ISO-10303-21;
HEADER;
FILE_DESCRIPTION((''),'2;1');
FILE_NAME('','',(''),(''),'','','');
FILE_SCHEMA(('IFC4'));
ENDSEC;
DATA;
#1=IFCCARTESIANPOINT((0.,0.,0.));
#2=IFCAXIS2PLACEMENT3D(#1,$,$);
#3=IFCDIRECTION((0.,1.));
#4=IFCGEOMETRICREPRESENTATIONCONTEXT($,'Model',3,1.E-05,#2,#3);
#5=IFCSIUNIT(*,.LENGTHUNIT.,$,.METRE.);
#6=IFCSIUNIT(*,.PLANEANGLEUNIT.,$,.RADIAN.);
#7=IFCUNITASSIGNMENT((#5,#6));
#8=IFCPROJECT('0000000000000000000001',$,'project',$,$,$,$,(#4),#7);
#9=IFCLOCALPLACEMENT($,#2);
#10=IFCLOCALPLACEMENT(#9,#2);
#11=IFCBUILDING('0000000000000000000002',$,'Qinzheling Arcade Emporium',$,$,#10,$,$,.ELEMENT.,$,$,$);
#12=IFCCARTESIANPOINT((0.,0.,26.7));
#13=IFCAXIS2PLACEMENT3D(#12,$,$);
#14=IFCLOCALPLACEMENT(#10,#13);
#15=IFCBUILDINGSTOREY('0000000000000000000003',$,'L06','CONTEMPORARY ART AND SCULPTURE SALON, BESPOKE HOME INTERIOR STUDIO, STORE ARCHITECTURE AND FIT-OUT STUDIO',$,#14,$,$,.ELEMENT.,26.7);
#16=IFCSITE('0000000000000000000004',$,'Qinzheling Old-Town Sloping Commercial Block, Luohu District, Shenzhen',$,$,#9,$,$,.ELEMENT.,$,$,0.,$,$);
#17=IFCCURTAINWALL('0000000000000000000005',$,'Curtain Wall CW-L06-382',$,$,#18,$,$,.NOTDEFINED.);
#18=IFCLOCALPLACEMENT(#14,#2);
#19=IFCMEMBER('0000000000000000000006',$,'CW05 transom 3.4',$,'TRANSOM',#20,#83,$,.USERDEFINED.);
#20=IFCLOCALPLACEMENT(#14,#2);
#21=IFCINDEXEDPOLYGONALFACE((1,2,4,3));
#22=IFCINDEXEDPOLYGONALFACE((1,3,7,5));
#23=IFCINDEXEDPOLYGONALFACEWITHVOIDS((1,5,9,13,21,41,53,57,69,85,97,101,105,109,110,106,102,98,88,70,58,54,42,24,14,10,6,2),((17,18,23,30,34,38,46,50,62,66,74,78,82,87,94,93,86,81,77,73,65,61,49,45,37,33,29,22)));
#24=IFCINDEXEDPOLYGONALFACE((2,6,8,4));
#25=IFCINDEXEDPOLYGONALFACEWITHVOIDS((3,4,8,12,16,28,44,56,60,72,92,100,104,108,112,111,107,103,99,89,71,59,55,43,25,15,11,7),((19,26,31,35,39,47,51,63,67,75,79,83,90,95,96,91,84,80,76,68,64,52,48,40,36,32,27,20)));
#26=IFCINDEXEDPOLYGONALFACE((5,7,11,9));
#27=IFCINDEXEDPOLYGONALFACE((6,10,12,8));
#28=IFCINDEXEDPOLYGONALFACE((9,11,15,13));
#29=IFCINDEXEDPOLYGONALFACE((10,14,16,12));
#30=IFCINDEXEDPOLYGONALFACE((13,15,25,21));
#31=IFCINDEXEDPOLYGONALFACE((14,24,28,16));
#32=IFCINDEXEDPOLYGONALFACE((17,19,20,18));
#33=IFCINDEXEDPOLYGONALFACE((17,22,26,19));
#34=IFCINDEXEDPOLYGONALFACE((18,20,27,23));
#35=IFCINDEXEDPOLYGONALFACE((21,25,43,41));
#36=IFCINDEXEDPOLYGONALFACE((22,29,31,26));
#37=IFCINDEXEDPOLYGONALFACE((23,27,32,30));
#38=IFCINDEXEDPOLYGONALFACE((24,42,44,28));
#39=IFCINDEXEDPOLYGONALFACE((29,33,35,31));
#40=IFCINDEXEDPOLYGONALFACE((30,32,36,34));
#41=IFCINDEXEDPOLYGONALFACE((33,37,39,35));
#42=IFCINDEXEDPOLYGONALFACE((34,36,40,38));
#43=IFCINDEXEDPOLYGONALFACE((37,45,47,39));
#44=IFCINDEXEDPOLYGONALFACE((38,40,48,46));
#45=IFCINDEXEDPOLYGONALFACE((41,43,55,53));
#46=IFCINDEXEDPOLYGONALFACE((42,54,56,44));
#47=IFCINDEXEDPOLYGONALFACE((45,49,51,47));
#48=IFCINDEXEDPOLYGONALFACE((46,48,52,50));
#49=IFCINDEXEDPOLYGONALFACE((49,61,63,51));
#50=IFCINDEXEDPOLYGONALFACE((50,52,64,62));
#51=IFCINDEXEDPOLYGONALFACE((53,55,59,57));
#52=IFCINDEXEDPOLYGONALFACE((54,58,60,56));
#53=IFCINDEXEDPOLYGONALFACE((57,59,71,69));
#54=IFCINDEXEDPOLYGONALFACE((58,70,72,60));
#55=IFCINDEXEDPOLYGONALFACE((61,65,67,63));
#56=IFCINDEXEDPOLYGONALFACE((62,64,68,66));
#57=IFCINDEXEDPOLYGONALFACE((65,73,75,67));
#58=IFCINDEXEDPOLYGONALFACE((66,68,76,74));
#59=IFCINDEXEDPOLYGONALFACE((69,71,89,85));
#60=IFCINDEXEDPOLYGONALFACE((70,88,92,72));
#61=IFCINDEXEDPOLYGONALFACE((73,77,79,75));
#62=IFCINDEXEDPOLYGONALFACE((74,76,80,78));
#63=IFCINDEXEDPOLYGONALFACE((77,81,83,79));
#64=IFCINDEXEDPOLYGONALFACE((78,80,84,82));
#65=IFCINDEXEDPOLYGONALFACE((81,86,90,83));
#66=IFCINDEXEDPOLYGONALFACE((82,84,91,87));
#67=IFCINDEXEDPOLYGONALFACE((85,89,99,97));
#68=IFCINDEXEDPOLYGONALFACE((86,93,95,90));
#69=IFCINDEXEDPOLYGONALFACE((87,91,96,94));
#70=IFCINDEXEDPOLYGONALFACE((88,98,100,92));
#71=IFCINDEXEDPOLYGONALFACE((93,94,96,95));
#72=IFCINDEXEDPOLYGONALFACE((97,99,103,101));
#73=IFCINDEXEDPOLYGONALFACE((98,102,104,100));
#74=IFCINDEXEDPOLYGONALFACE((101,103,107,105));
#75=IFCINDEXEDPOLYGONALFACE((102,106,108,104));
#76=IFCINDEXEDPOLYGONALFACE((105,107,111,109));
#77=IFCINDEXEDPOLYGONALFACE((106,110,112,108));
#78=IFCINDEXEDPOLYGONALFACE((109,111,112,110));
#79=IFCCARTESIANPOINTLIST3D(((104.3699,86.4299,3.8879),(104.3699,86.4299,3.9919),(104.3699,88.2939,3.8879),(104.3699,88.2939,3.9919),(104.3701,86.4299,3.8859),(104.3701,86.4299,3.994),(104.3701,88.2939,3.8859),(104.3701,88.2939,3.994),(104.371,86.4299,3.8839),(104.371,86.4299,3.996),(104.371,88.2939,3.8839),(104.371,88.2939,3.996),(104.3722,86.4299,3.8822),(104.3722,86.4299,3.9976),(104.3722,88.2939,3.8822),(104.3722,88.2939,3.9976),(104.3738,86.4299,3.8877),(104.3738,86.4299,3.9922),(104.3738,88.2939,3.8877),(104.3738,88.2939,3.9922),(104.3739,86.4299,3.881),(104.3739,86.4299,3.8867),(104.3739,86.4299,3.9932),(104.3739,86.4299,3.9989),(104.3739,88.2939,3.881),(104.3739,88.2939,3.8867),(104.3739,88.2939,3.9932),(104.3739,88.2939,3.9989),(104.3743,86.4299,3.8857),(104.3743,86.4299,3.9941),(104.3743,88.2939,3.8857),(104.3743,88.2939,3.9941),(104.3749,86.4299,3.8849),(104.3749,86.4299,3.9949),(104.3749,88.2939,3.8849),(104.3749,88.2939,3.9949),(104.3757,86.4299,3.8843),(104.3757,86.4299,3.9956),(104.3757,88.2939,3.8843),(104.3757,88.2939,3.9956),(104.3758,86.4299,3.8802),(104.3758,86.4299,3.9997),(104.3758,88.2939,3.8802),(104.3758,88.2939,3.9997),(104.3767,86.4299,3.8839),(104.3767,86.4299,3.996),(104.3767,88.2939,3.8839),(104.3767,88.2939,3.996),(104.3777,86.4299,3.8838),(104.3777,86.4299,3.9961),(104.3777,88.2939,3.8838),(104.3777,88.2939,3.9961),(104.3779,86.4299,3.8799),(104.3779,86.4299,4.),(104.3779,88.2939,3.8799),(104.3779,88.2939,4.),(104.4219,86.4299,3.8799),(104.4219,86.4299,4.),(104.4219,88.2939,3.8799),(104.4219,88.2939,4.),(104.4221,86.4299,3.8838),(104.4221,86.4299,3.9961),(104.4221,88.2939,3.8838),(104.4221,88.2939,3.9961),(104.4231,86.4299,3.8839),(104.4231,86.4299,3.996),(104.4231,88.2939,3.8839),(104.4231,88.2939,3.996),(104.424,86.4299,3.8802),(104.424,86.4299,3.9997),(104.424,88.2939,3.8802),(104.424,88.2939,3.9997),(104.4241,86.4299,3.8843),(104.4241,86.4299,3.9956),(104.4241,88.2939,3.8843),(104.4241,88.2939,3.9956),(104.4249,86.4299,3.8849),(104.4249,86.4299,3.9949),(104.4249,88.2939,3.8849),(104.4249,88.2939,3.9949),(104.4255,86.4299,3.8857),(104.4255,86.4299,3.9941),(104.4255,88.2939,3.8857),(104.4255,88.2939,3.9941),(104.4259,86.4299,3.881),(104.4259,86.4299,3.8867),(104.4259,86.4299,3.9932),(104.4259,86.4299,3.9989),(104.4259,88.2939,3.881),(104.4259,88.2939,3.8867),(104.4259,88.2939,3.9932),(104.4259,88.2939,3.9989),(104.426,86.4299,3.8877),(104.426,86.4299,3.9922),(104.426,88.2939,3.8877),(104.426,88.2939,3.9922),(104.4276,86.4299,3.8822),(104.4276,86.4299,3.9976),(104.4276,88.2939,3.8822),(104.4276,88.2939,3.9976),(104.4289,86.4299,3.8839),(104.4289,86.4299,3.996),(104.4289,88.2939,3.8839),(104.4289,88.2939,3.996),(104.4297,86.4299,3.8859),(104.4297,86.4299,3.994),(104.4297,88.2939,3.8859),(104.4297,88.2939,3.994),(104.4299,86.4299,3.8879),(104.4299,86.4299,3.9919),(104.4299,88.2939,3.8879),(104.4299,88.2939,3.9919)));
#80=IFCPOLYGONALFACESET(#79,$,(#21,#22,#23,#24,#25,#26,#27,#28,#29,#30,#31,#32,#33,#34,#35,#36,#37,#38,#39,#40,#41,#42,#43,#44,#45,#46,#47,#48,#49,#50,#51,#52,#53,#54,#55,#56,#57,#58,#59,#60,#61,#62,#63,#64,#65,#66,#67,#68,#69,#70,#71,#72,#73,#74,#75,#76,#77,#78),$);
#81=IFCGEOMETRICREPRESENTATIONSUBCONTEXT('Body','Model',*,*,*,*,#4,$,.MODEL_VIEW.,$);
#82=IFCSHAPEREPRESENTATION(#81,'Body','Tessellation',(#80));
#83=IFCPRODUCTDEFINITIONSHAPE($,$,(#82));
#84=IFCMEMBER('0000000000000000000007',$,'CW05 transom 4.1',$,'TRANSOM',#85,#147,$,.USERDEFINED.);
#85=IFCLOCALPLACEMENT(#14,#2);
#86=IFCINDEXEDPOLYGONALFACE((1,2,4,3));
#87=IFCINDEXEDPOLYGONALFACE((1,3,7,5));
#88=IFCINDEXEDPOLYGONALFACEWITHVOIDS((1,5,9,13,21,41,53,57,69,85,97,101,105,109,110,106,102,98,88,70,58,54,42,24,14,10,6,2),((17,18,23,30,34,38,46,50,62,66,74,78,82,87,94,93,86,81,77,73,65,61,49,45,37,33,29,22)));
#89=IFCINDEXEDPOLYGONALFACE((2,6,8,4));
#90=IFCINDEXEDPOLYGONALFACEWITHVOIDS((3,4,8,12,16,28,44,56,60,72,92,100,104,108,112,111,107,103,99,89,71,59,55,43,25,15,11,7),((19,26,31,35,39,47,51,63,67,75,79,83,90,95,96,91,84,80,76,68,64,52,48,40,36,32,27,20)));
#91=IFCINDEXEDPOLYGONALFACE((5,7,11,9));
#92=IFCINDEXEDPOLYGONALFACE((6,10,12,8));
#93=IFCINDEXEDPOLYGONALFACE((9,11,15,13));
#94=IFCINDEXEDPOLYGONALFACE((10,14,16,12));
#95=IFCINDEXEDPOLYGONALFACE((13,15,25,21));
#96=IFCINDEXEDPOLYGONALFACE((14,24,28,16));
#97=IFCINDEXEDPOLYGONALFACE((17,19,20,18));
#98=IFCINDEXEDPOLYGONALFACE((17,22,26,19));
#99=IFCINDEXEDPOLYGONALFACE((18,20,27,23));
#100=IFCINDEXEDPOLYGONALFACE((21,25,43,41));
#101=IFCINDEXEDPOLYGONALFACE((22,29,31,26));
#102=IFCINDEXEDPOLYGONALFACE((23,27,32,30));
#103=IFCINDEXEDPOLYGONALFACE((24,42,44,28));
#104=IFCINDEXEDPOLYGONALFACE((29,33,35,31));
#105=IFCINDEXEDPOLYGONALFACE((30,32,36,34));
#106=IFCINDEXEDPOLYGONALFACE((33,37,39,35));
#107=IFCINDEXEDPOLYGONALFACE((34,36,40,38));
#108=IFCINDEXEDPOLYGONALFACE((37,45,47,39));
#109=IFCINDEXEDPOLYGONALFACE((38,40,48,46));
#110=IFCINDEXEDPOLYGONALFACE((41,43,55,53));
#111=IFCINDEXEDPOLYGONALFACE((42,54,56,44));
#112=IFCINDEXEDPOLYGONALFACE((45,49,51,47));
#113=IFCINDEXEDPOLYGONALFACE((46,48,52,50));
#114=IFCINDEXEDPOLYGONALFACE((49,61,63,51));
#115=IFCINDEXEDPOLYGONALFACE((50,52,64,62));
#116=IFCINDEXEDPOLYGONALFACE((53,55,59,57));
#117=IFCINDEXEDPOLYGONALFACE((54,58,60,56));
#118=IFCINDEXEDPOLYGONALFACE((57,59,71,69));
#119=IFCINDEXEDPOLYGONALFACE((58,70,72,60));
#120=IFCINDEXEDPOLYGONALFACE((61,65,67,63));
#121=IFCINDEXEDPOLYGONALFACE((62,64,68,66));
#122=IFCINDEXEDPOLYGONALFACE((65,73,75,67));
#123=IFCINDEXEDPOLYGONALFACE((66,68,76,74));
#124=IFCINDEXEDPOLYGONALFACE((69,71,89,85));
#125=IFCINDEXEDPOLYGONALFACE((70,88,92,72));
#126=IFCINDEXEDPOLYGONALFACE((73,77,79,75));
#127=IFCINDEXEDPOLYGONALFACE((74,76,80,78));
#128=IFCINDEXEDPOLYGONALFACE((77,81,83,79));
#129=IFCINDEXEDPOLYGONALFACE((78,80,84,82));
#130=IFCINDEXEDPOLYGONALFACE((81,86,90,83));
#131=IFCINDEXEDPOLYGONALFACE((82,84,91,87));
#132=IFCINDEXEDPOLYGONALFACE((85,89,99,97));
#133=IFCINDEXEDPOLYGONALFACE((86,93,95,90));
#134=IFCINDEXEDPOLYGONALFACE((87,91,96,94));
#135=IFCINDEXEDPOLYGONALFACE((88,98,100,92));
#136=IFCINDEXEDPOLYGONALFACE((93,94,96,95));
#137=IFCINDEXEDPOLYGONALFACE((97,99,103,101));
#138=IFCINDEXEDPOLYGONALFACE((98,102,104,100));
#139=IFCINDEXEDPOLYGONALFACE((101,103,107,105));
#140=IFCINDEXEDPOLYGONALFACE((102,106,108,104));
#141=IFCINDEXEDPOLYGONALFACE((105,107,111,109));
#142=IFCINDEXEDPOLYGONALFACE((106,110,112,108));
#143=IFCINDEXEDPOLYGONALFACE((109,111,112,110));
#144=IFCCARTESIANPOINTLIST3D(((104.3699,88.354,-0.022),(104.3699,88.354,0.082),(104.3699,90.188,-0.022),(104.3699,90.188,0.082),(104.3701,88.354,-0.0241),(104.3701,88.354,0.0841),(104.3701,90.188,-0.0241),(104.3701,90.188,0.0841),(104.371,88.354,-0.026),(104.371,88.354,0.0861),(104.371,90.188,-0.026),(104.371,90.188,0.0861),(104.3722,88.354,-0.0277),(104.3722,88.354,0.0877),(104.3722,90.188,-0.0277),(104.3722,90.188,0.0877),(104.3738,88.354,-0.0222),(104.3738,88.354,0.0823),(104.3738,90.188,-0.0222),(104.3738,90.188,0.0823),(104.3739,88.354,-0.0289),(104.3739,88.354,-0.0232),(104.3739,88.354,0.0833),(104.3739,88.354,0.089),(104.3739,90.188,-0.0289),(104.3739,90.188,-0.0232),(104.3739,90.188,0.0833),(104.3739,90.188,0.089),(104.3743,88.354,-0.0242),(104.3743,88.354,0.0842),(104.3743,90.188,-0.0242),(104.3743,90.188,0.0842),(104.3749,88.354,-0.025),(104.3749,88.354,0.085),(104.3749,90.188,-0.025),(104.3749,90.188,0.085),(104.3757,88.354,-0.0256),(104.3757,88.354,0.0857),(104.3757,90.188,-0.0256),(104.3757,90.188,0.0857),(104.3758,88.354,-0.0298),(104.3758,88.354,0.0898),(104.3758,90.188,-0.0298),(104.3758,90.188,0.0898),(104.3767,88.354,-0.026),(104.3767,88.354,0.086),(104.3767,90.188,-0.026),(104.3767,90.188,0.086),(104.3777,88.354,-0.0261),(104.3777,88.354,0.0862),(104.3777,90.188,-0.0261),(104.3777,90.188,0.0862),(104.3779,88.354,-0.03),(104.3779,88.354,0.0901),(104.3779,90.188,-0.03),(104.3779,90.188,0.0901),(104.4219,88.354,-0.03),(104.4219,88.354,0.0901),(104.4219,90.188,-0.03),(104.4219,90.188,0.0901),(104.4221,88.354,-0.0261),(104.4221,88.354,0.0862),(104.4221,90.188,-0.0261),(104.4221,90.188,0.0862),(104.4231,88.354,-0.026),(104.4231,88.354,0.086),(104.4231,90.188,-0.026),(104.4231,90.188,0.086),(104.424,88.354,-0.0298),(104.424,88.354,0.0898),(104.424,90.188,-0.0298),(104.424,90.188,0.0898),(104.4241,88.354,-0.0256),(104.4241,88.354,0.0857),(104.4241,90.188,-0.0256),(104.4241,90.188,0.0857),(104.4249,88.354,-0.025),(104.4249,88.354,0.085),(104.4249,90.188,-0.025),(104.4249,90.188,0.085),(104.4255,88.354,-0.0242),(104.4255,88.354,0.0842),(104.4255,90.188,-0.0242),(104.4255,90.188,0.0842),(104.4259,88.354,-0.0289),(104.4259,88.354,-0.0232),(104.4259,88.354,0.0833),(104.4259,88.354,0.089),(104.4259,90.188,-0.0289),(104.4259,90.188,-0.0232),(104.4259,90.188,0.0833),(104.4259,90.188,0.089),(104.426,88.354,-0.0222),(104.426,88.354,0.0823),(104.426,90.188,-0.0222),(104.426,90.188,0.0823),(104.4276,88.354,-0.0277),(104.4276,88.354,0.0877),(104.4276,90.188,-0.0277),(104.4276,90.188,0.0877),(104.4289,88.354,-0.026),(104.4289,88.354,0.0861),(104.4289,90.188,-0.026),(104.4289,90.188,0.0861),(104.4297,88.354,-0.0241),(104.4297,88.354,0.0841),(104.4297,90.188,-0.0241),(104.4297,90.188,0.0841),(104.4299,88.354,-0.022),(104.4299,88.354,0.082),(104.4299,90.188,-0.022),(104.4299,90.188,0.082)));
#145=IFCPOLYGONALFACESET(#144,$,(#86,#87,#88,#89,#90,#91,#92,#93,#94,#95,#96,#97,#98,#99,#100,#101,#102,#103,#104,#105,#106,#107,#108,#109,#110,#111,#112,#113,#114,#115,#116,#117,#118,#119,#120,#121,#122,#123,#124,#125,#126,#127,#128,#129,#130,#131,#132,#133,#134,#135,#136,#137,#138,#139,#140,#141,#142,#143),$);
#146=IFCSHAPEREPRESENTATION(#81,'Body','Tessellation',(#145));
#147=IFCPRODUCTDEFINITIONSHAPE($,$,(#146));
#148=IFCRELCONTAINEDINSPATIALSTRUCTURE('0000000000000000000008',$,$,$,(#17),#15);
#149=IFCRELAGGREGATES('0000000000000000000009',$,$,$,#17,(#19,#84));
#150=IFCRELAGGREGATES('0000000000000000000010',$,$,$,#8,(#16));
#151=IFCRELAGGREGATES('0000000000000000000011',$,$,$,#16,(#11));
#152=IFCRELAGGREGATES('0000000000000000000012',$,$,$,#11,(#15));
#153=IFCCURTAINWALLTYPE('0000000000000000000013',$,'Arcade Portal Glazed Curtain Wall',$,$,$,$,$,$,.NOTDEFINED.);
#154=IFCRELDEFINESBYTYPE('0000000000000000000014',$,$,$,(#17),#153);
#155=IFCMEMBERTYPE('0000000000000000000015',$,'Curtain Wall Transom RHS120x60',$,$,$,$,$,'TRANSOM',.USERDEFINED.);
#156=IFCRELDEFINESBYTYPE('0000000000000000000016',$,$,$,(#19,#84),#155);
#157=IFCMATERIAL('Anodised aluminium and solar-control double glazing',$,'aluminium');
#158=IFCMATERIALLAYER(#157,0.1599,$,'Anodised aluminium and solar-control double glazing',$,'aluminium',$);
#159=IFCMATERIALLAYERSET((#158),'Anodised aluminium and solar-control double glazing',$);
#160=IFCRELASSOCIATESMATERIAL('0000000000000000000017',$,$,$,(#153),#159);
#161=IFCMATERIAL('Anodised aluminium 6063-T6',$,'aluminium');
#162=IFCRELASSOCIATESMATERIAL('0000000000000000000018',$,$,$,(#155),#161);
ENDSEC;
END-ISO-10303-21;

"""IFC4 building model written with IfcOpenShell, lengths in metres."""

from ifc_helpers import new_model, si_unit, direction, frame, origin, origin_2d, place, context, subcontext, project, spatial, hollow_rectangle, extrude, material, layer, layer_set, material_profile, profile_set, type_object, element, aggregate, save


model = new_model("IFC4")

# Units and contexts
model_context = context("Model", 3, precision=1e-05, world=origin(), true_north=direction((0.0, 1.0)))
body_context = subcontext(model_context, "Body", "Model", "MODEL_VIEW")
ifc_project = project(units=[si_unit("LENGTHUNIT", "METRE"), si_unit("PLANEANGLEUNIT", "RADIAN")], contexts=[model_context])

# Site, building, storey
site_placement = place(None, origin())
site = spatial("IfcSite", under=ifc_project, at=site_placement, Name="Qinzheling Old-Town Sloping Commercial Block, Luohu District, Shenzhen", CompositionType="ELEMENT", RefElevation=0.0)
building_placement = place(site_placement, origin())
building = spatial("IfcBuilding", under=site, at=building_placement, Name="Qinzheling Arcade Emporium", CompositionType="ELEMENT")
storey_placement = place(building_placement, frame((0.0, 0.0, 26.7)))
storey = spatial("IfcBuildingStorey", under=building, at=storey_placement, Name="L06", Description="CONTEMPORARY ART AND SCULPTURE SALON, BESPOKE HOME INTERIOR STUDIO, STORE ARCHITECTURE AND FIT-OUT STUDIO", CompositionType="ELEMENT", Elevation=26.7)

# Curtain wall, members
ifc_material_1 = material(Name="Anodised aluminium and solar-control double glazing", Category="aluminium")
ifc_layer_1 = layer(ifc_material_1, 0.1599, Name="Anodised aluminium and solar-control double glazing", Category="aluminium")
ifc_layer_set_1 = layer_set([ifc_layer_1], Name="Anodised aluminium and solar-control double glazing")
curtain_wall_type = type_object("IfcCurtainWallType", Name="Arcade Portal Glazed Curtain Wall", PredefinedType="NOTDEFINED", material=ifc_layer_set_1)
curtain_wall_placement = place(storey_placement, origin())
curtain_wall = element("IfcCurtainWall", 1, at=curtain_wall_placement, inside=storey, type_object=curtain_wall_type, Name="Curtain Wall CW-L06-382", PredefinedType="NOTDEFINED")
ifc_material_2 = material(Name="Anodised aluminium 6063-T6", Category="aluminium")
ifc_material_profile_1 = material_profile(ifc_material_2, hollow_rectangle(XDim=0.0601, YDim=0.1201, WallThickness=0.0039, InnerFilletRadius=0.0039, OuterFilletRadius=0.0081, at=origin_2d()), Name="RHS 120x60x4", Category="aluminium")
ifc_profile_set_1 = profile_set([ifc_material_profile_1], Name="Anodised aluminium 6063-T6")
member_type_1 = type_object("IfcMemberType", Name="Curtain Wall Transom RHS120x60", ElementType="TRANSOM", PredefinedType="USERDEFINED", material=ifc_profile_set_1)
member_1_placement = place(storey_placement, frame((104.3999, 86.4299, 3.9399), z_axis=(0.0, 1.0, 0.0), x_axis=(-1.0, 0.0, 0.0)))
member_1 = element("IfcMember", 2, at=member_1_placement, type_object=member_type_1, Name="CW05 transom 3.4", ObjectType="TRANSOM", PredefinedType="USERDEFINED", context=body_context, shape_type="SweptSolid", body=[
    extrude(hollow_rectangle(XDim=0.0601, YDim=0.1201, WallThickness=0.0039, InnerFilletRadius=0.0039, OuterFilletRadius=0.0081, at=origin_2d()), origin(), (0.0, 0.0, 1.0), 1.864),
])
member_2_placement = place(storey_placement, frame((104.3999, 88.354, 0.03), z_axis=(0.0, 1.0, 0.0), x_axis=(-1.0, 0.0, 0.0)))
member_2 = element("IfcMember", 3, at=member_2_placement, type_object=member_type_1, Name="CW05 transom 4.1", ObjectType="TRANSOM", PredefinedType="USERDEFINED", context=body_context, shape_type="SweptSolid", body=[
    extrude(hollow_rectangle(XDim=0.0601, YDim=0.1201, WallThickness=0.0039, InnerFilletRadius=0.0039, OuterFilletRadius=0.0081, at=origin_2d()), origin(), (0.0, 0.0, 1.0), 1.834),
])

aggregate(curtain_wall, [member_1, member_2])

save(model, "model.ifc")
